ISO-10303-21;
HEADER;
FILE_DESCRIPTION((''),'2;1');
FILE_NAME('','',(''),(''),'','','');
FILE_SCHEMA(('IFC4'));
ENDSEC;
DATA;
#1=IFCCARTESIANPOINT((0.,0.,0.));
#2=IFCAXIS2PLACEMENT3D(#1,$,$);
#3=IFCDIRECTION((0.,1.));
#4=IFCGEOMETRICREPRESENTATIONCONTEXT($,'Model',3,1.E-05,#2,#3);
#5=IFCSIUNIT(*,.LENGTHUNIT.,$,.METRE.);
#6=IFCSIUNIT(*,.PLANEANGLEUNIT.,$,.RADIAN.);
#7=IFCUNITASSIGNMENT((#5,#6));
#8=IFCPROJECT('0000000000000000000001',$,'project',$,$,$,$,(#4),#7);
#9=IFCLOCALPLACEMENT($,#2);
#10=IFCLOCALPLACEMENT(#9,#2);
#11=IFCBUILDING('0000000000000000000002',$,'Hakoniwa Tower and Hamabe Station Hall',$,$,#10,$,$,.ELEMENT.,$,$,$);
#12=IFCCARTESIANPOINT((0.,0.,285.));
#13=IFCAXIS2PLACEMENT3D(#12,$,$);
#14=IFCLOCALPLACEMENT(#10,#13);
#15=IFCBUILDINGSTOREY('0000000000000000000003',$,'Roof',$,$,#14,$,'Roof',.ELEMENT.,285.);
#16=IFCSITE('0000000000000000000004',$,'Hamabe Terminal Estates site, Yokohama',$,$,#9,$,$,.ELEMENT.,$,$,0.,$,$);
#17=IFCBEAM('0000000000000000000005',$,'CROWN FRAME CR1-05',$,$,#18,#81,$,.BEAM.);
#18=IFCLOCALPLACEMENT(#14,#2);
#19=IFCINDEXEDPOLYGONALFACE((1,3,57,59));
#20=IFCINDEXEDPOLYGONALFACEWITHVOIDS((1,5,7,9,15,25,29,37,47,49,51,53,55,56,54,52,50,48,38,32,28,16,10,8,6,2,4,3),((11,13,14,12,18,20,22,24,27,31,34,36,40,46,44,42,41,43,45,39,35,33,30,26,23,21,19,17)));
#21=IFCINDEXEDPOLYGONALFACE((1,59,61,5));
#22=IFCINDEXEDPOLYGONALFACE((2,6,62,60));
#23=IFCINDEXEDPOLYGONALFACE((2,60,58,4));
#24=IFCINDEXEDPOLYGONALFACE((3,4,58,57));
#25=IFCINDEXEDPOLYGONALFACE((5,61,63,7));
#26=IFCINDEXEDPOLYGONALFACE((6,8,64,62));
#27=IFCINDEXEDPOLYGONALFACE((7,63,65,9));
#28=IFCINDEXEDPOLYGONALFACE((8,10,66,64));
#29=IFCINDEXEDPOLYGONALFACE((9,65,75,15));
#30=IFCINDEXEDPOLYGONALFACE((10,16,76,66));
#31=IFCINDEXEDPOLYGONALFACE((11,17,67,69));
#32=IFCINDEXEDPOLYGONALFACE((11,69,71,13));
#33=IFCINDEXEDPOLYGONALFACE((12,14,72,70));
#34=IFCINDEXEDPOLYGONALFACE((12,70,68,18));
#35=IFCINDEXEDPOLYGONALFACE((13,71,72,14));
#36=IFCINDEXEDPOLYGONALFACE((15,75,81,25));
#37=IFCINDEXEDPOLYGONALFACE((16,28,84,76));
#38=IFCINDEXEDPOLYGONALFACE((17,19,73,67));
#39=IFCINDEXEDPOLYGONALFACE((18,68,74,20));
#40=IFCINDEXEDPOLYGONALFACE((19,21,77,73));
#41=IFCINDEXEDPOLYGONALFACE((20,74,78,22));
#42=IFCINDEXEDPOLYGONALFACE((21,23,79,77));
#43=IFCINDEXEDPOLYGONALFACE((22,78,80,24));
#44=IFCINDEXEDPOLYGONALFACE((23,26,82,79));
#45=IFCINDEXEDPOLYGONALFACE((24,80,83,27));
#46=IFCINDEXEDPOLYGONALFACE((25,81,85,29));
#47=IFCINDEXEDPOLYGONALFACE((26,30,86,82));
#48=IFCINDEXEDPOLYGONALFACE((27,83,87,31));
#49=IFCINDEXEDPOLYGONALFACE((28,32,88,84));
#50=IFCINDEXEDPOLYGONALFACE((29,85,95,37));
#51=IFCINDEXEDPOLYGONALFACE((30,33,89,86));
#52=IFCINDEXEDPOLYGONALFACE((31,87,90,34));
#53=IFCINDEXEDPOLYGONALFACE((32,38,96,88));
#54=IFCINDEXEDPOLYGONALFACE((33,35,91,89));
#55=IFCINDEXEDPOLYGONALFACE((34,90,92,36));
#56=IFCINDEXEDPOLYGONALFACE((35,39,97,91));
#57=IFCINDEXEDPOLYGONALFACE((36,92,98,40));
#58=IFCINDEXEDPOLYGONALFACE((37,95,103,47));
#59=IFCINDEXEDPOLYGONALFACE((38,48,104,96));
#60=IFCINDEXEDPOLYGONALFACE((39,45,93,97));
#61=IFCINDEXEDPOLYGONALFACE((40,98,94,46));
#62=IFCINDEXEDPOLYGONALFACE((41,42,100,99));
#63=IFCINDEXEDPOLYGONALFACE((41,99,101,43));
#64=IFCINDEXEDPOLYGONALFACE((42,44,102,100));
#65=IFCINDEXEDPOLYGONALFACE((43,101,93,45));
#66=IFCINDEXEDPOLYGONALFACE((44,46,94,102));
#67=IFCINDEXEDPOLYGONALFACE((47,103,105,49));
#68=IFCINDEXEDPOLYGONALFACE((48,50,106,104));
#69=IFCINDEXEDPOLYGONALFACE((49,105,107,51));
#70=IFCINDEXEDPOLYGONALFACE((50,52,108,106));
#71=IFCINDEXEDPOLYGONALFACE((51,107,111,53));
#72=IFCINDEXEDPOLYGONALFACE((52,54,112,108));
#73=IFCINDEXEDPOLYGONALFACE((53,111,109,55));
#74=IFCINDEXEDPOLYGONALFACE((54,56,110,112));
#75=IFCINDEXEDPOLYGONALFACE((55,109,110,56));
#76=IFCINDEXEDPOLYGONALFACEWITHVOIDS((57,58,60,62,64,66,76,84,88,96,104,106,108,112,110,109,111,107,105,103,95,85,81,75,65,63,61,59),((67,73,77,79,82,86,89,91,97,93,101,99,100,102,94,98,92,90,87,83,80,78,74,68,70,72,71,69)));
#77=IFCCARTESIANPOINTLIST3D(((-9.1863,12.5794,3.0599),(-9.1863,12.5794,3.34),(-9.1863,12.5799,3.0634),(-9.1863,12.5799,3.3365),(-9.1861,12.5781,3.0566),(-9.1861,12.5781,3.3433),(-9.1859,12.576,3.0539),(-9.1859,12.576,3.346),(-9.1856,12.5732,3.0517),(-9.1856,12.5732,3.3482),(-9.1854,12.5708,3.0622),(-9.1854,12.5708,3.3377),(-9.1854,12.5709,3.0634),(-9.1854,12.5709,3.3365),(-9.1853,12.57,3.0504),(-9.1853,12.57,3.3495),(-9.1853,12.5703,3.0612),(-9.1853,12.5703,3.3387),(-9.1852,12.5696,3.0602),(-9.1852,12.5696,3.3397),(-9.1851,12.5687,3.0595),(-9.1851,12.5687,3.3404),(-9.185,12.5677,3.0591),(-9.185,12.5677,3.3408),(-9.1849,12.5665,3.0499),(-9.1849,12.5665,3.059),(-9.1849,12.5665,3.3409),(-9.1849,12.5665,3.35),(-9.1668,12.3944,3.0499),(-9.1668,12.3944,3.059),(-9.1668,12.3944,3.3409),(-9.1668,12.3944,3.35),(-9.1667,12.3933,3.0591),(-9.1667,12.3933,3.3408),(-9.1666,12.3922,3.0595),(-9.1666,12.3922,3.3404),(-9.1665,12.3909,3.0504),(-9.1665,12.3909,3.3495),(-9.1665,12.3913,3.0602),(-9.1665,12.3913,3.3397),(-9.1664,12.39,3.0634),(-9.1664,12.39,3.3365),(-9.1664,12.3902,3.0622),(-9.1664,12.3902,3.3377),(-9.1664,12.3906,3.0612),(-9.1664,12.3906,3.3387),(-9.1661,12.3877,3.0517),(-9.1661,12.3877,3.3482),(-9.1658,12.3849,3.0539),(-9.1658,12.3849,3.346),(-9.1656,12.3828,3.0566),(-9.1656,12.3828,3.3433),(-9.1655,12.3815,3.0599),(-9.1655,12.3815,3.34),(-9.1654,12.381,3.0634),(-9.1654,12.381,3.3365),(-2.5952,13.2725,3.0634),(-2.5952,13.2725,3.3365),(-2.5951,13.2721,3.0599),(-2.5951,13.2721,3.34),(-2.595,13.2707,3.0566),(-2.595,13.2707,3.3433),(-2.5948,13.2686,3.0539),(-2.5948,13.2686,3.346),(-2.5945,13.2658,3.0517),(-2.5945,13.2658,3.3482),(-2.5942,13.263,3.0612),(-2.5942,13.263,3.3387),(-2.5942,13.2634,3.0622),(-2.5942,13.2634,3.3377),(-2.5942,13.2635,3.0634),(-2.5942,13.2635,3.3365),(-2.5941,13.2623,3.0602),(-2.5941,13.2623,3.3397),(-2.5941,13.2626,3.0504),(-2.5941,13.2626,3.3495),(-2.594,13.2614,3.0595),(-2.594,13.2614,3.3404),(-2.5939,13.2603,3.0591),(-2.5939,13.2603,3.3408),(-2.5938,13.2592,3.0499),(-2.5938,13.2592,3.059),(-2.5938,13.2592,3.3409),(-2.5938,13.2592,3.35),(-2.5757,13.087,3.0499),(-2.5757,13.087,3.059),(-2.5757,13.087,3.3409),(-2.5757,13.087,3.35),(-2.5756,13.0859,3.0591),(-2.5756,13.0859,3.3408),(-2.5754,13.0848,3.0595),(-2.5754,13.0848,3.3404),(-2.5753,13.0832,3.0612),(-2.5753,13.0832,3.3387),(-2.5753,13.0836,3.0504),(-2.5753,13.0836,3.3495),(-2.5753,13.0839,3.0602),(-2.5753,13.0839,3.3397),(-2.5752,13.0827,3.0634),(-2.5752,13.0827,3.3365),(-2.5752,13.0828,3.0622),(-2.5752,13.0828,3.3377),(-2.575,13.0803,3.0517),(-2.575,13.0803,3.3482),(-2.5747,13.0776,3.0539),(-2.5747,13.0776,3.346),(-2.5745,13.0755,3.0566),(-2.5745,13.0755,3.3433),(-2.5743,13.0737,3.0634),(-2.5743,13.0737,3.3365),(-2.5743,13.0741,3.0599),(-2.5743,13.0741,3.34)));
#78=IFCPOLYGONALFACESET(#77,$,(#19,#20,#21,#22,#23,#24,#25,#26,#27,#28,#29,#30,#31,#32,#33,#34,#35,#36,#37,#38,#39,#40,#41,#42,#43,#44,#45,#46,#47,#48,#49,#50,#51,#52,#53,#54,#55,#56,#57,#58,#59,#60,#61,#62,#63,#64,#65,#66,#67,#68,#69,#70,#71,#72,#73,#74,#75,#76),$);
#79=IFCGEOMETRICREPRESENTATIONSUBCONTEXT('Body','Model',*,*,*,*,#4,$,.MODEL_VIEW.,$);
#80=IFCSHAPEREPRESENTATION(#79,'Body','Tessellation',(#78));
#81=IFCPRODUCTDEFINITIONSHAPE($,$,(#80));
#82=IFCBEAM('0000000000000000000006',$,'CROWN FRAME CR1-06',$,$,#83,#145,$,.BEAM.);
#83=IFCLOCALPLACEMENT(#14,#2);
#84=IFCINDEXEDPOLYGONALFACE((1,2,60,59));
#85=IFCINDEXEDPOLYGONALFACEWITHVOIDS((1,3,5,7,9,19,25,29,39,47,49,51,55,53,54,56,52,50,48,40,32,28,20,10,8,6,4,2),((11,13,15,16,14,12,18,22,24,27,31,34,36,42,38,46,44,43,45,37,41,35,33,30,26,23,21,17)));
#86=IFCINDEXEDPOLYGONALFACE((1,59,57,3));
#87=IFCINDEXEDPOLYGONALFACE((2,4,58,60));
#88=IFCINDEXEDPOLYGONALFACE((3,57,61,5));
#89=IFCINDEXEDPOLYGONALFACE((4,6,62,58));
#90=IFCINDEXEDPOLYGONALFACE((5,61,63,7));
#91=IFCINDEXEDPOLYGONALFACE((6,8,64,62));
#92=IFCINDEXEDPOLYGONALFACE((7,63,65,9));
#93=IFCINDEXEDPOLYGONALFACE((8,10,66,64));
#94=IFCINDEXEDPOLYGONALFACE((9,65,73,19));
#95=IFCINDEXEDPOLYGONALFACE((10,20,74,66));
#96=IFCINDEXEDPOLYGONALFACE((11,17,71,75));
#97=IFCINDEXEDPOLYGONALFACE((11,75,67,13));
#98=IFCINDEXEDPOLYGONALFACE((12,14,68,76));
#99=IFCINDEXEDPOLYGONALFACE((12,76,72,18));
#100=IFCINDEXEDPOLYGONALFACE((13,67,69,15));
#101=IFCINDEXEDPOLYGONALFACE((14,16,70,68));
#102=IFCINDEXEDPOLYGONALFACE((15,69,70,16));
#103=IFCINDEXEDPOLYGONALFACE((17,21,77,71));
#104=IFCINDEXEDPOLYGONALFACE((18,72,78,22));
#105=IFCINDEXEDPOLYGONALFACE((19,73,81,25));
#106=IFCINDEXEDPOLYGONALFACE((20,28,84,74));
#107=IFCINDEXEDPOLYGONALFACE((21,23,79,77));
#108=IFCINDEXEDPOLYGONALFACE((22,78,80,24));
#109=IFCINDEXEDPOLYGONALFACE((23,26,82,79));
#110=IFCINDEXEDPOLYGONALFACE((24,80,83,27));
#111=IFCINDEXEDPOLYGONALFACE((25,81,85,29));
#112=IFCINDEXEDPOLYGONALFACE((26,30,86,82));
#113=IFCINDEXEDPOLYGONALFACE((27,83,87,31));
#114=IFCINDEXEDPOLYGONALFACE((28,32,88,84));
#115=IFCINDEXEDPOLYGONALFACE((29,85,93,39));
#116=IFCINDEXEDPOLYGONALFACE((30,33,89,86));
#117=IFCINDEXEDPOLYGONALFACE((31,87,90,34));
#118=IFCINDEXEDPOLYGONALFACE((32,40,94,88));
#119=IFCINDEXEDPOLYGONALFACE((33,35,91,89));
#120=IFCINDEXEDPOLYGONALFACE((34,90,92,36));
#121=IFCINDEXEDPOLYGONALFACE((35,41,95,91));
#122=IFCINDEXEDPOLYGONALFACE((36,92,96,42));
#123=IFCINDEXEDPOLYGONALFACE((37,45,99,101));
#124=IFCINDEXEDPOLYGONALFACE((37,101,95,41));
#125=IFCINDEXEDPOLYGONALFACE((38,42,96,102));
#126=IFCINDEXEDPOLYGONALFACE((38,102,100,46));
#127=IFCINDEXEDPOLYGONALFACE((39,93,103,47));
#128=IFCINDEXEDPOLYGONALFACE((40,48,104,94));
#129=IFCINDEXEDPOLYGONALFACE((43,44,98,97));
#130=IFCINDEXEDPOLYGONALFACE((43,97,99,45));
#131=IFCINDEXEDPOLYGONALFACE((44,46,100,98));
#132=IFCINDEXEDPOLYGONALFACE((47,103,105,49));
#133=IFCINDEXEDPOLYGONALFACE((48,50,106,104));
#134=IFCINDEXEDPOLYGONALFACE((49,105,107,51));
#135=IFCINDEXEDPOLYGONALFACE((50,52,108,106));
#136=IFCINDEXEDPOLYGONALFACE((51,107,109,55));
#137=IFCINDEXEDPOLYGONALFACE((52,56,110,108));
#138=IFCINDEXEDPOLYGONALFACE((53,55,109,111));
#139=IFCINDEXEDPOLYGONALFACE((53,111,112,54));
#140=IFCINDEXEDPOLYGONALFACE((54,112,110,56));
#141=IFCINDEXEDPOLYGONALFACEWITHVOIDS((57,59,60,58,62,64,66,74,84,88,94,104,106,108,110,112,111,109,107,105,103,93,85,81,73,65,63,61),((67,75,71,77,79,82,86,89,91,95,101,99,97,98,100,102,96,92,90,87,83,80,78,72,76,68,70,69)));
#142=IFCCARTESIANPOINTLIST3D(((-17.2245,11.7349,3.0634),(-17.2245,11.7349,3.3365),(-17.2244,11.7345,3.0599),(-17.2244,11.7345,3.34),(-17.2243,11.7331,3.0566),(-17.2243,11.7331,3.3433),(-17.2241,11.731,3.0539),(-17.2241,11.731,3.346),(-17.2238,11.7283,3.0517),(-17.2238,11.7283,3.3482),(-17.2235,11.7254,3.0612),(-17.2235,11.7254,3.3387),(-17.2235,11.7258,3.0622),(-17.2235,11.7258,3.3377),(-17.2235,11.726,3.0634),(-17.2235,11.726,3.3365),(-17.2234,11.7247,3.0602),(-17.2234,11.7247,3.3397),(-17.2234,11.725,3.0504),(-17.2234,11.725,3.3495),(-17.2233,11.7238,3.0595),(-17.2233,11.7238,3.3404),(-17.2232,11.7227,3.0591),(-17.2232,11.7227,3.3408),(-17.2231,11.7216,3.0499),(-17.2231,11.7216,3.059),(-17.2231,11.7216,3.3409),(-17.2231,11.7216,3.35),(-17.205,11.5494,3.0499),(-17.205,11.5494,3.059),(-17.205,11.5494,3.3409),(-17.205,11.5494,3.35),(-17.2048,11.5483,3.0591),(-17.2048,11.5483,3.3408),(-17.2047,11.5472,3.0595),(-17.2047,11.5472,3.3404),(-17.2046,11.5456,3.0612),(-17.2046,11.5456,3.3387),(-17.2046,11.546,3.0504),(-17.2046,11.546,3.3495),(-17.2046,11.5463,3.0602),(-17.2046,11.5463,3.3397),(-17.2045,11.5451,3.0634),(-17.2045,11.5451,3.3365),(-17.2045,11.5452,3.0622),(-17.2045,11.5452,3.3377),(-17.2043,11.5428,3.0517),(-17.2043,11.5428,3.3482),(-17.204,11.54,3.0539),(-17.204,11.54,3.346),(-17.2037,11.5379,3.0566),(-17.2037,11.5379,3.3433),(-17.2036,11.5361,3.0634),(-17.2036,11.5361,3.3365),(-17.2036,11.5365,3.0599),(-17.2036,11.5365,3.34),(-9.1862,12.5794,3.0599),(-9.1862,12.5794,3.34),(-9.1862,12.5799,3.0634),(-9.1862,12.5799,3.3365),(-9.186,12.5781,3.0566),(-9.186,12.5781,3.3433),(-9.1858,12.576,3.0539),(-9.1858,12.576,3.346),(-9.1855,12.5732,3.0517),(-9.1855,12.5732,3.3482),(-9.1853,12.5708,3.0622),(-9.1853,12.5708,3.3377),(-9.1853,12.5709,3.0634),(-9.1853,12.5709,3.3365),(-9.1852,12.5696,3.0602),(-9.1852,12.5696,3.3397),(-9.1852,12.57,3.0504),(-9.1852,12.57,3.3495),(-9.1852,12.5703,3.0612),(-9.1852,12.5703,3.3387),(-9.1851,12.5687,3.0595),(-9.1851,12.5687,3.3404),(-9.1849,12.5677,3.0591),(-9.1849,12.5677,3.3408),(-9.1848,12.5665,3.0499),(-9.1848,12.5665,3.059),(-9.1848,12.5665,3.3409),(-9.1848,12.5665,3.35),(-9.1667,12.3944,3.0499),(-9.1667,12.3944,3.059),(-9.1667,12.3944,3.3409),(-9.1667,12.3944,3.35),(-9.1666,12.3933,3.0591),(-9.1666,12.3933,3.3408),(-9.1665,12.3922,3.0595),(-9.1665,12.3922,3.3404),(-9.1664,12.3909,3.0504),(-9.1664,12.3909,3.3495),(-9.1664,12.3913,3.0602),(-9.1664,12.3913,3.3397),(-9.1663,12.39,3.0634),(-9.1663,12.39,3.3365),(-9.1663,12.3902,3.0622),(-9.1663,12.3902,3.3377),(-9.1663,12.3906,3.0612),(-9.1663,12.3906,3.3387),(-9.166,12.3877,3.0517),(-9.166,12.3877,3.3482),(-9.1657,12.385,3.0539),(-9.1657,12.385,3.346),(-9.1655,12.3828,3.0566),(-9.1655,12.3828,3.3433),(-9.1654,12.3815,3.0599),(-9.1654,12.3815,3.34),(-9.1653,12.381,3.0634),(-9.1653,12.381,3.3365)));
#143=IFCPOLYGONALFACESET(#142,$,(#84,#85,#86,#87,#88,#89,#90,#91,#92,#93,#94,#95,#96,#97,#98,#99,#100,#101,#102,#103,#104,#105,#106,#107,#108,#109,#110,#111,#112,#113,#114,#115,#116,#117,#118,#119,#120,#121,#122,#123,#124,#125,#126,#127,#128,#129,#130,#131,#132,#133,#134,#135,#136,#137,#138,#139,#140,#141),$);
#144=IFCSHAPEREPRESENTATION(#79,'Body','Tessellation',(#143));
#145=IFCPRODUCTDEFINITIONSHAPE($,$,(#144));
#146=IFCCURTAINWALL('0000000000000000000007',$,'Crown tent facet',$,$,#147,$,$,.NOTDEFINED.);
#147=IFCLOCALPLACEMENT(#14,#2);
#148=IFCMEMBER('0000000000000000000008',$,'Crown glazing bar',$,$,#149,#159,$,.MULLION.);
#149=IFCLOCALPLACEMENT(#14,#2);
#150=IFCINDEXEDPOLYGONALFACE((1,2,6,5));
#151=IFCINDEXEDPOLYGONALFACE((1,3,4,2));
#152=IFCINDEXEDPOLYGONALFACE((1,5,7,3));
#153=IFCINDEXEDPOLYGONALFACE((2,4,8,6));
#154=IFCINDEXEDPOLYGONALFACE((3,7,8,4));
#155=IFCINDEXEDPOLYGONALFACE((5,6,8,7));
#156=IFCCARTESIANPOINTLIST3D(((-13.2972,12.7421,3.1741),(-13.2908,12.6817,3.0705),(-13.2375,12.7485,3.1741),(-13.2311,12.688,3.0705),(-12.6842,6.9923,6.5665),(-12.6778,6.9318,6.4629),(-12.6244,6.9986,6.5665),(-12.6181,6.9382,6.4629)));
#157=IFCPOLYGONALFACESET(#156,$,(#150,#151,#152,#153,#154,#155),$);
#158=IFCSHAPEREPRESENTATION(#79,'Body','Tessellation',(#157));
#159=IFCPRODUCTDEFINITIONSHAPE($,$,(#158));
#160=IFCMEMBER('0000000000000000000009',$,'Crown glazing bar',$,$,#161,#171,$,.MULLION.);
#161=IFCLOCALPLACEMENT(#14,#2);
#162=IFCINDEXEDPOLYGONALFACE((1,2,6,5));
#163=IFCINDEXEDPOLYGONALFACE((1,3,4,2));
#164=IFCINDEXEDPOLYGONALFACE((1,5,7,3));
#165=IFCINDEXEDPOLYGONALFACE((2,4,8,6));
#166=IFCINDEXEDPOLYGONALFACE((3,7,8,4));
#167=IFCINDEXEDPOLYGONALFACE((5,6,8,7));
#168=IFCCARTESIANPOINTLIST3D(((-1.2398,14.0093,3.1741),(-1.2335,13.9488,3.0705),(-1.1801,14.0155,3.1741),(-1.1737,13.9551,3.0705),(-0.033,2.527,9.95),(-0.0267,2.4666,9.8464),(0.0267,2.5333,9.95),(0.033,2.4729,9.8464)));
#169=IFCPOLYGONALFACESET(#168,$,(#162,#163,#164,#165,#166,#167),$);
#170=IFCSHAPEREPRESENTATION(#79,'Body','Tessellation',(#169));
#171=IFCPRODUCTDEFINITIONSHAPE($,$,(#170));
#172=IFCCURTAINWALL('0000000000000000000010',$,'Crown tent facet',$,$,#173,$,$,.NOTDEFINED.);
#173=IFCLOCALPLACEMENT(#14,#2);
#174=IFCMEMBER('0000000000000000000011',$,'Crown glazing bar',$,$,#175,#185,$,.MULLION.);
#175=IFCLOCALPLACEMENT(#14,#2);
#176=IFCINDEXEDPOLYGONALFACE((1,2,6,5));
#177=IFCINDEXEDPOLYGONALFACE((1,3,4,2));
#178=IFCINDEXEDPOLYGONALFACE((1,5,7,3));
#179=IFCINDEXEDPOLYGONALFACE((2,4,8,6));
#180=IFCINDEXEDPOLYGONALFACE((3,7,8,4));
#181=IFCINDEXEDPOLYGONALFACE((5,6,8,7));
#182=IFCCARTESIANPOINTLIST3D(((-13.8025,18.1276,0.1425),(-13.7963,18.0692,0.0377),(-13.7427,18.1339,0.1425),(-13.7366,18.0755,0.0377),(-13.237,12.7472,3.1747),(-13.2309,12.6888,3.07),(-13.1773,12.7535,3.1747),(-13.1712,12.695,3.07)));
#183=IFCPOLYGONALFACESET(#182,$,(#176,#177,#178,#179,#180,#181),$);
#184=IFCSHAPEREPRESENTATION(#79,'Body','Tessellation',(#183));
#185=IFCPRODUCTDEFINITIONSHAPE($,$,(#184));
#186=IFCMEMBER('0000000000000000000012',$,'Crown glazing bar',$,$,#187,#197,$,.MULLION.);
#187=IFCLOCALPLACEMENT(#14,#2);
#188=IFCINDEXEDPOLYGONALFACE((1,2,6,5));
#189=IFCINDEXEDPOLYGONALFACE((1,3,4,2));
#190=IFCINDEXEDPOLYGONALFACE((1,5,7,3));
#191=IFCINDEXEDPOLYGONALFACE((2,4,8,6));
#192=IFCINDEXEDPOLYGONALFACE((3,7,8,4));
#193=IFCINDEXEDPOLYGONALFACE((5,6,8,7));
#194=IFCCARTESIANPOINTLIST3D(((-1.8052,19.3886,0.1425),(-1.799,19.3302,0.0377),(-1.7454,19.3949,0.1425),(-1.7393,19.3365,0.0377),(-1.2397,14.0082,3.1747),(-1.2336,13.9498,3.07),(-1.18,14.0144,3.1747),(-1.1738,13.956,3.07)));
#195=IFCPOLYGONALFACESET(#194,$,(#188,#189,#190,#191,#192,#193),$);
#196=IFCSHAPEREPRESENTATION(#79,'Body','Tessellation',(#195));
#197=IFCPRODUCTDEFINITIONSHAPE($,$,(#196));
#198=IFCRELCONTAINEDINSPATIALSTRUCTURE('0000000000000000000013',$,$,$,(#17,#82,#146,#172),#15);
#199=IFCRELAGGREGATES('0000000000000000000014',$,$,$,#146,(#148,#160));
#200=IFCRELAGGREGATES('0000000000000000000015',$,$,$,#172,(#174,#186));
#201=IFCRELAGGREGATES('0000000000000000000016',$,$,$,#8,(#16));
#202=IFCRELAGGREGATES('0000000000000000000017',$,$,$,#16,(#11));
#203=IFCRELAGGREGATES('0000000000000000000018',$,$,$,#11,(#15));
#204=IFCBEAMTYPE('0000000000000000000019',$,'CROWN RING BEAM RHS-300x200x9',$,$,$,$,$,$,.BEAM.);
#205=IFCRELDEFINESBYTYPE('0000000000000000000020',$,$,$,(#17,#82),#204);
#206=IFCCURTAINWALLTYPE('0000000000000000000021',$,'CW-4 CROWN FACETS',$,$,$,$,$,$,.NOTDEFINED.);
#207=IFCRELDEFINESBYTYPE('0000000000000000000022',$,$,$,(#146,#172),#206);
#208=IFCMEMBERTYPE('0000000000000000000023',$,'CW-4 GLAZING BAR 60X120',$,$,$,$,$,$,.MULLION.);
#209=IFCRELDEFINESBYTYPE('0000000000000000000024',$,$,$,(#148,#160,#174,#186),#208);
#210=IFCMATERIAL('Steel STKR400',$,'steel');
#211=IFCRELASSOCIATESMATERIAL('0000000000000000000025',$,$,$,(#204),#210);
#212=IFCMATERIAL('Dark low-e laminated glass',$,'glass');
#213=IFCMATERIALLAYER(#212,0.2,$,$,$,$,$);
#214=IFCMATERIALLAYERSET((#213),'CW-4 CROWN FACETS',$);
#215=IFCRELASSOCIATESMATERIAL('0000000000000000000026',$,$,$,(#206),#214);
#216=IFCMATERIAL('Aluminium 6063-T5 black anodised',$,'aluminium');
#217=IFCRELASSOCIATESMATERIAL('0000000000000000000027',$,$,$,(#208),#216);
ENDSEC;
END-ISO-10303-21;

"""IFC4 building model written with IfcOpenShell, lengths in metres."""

from ifc_helpers import new_model, si_unit, direction, frame, origin, origin_2d, place, context, subcontext, project, spatial, rectangle, hollow_rectangle, extrude, material, layer, layer_set, material_profile, profile_set, type_object, element, aggregate, save


model = new_model("IFC4")

# Units and contexts
model_context = context("Model", 3, precision=1e-05, world=origin(), true_north=direction((0.0, 1.0)))
body_context = subcontext(model_context, "Body", "Model", "MODEL_VIEW")
ifc_project = project(units=[si_unit("LENGTHUNIT", "METRE"), si_unit("PLANEANGLEUNIT", "RADIAN")], contexts=[model_context])

# Site, building, storey
site_placement = place(None, origin())
site = spatial("IfcSite", under=ifc_project, at=site_placement, Name="Hamabe Terminal Estates site, Yokohama", CompositionType="ELEMENT", RefElevation=0.0)
building_placement = place(site_placement, origin())
building = spatial("IfcBuilding", under=site, at=building_placement, Name="Hakoniwa Tower and Hamabe Station Hall", CompositionType="ELEMENT")
storey_placement = place(building_placement, frame((0.0, 0.0, 285.0)))
storey = spatial("IfcBuildingStorey", under=building, at=storey_placement, Name="Roof", LongName="Roof", CompositionType="ELEMENT", Elevation=285.0)

# Beams
ifc_material_1 = material(Name="Steel STKR400", Category="steel")
ifc_material_profile_1 = material_profile(ifc_material_1, hollow_rectangle(XDim=0.2, YDim=0.3, WallThickness=0.009, InnerFilletRadius=0.0044, OuterFilletRadius=0.0134, at=origin_2d()), Name="RHS-300x200x9")
ifc_profile_set_1 = profile_set([ifc_material_profile_1], Name="Steel STKR400")
beam_type = type_object("IfcBeamType", Name="CROWN RING BEAM RHS-300x200x9", PredefinedType="BEAM", material=ifc_profile_set_1)
beam_1_placement = place(storey_placement, frame((-2.5847, 13.1731, 3.2), z_axis=(-0.994524, -0.10451, 0.0), x_axis=(0.10451, -0.994524, 0.0)))
element("IfcBeam", 1, at=beam_1_placement, inside=storey, type_object=beam_type, Name="CROWN FRAME CR1-05", PredefinedType="BEAM", context=body_context, shape_type="SweptSolid", body=[
    extrude(hollow_rectangle(XDim=0.2, YDim=0.3, WallThickness=0.009, InnerFilletRadius=0.0044, OuterFilletRadius=0.0134, at=origin_2d()), origin(), (0.0, 0.0, 1.0), 6.6274),
])
beam_2_placement = place(storey_placement, frame((-9.1758, 12.4805, 3.2), z_axis=(-0.994521, -0.104542, 0.0), x_axis=(0.104542, -0.994521, 0.0)))
element("IfcBeam", 2, at=beam_2_placement, inside=storey, type_object=beam_type, Name="CROWN FRAME CR1-06", PredefinedType="BEAM", context=body_context, shape_type="SweptSolid", body=[
    extrude(hollow_rectangle(XDim=0.2, YDim=0.3, WallThickness=0.009, InnerFilletRadius=0.0044, OuterFilletRadius=0.0134, at=origin_2d()), origin(), (0.0, 0.0, 1.0), 8.0825),
])

# Curtain wall, members
ifc_material_2 = material(Name="Dark low-e laminated glass", Category="glass")
ifc_layer_1 = layer(ifc_material_2, 0.2)
ifc_layer_set_1 = layer_set([ifc_layer_1], Name="CW-4 CROWN FACETS")
curtain_wall_type = type_object("IfcCurtainWallType", Name="CW-4 CROWN FACETS", PredefinedType="NOTDEFINED", material=ifc_layer_set_1)
curtain_wall_1_placement = place(storey_placement, origin())
curtain_wall_1 = element("IfcCurtainWall", 3, at=curtain_wall_1_placement, inside=storey, type_object=curtain_wall_type, Name="Crown tent facet", PredefinedType="NOTDEFINED")
ifc_material_3 = material(Name="Aluminium 6063-T5 black anodised", Category="aluminium")
ifc_material_profile_2 = material_profile(ifc_material_3, rectangle(XDim=0.0601, YDim=0.1201, at=origin_2d()), Name="CW-4 GLAZING BAR 60X120")
ifc_profile_set_2 = profile_set([ifc_material_profile_2], Name="Aluminium 6063-T5 black anodised")
member_type_1 = type_object("IfcMemberType", Name="CW-4 GLAZING BAR 60X120", PredefinedType="MULLION", material=ifc_profile_set_2)
member_1_placement = place(storey_placement, frame((-13.2642, 12.7151, 3.1223), z_axis=(0.091444, -0.857662, 0.506017), x_axis=(0.994404, 0.105642, -0.000646)))
member_1 = element("IfcMember", 4, at=member_1_placement, type_object=member_type_1, Name="Crown glazing bar", PredefinedType="MULLION", context=body_context, shape_type="SweptSolid", body=[
    extrude(rectangle(XDim=0.0601, YDim=0.1201, at=origin_2d()), origin(), (0.0, 0.0, 1.0), 6.7041),
])
member_2_placement = place(storey_placement, frame((-1.2068, 13.9822, 3.1223), z_axis=(0.090147, -0.857717, 0.506157), x_axis=(0.994522, 0.104525, 0.0)))
member_2 = element("IfcMember", 5, at=member_2_placement, type_object=member_type_1, Name="Crown glazing bar", PredefinedType="MULLION", context=body_context, shape_type="SweptSolid", body=[
    extrude(rectangle(XDim=0.0601, YDim=0.1201, at=origin_2d()), origin(), (0.0, 0.0, 1.0), 13.387),
])
aggregate(curtain_wall_1, [member_1, member_2])

# Curtain wall, members
curtain_wall_2_placement = place(storey_placement, origin())
curtain_wall_2 = element("IfcCurtainWall", 6, at=curtain_wall_2_placement, inside=storey, type_object=curtain_wall_type, Name="Crown tent facet", PredefinedType="NOTDEFINED")
member_3_placement = place(storey_placement, frame((-13.7695, 18.1016, 0.0901), z_axis=(0.091172, -0.867548, 0.488926), x_axis=(0.994523, 0.104516, 0.0)))
member_3 = element("IfcMember", 7, at=member_3_placement, type_object=member_type_1, Name="Crown glazing bar", PredefinedType="MULLION", context=body_context, shape_type="SweptSolid", body=[
    extrude(rectangle(XDim=0.0601, YDim=0.1201, at=origin_2d()), origin(), (0.0, 0.0, 1.0), 6.2019),
])
member_4_placement = place(storey_placement, frame((-1.7722, 19.3625, 0.0901), z_axis=(0.091172, -0.867548, 0.488926), x_axis=(0.994523, 0.104516, 0.0)))
member_4 = element("IfcMember", 8, at=member_4_placement, type_object=member_type_1, Name="Crown glazing bar", PredefinedType="MULLION", context=body_context, shape_type="SweptSolid", body=[
    extrude(rectangle(XDim=0.0601, YDim=0.1201, at=origin_2d()), origin(), (0.0, 0.0, 1.0), 6.2019),
])
aggregate(curtain_wall_2, [member_3, member_4])

save(model, "model.ifc")
